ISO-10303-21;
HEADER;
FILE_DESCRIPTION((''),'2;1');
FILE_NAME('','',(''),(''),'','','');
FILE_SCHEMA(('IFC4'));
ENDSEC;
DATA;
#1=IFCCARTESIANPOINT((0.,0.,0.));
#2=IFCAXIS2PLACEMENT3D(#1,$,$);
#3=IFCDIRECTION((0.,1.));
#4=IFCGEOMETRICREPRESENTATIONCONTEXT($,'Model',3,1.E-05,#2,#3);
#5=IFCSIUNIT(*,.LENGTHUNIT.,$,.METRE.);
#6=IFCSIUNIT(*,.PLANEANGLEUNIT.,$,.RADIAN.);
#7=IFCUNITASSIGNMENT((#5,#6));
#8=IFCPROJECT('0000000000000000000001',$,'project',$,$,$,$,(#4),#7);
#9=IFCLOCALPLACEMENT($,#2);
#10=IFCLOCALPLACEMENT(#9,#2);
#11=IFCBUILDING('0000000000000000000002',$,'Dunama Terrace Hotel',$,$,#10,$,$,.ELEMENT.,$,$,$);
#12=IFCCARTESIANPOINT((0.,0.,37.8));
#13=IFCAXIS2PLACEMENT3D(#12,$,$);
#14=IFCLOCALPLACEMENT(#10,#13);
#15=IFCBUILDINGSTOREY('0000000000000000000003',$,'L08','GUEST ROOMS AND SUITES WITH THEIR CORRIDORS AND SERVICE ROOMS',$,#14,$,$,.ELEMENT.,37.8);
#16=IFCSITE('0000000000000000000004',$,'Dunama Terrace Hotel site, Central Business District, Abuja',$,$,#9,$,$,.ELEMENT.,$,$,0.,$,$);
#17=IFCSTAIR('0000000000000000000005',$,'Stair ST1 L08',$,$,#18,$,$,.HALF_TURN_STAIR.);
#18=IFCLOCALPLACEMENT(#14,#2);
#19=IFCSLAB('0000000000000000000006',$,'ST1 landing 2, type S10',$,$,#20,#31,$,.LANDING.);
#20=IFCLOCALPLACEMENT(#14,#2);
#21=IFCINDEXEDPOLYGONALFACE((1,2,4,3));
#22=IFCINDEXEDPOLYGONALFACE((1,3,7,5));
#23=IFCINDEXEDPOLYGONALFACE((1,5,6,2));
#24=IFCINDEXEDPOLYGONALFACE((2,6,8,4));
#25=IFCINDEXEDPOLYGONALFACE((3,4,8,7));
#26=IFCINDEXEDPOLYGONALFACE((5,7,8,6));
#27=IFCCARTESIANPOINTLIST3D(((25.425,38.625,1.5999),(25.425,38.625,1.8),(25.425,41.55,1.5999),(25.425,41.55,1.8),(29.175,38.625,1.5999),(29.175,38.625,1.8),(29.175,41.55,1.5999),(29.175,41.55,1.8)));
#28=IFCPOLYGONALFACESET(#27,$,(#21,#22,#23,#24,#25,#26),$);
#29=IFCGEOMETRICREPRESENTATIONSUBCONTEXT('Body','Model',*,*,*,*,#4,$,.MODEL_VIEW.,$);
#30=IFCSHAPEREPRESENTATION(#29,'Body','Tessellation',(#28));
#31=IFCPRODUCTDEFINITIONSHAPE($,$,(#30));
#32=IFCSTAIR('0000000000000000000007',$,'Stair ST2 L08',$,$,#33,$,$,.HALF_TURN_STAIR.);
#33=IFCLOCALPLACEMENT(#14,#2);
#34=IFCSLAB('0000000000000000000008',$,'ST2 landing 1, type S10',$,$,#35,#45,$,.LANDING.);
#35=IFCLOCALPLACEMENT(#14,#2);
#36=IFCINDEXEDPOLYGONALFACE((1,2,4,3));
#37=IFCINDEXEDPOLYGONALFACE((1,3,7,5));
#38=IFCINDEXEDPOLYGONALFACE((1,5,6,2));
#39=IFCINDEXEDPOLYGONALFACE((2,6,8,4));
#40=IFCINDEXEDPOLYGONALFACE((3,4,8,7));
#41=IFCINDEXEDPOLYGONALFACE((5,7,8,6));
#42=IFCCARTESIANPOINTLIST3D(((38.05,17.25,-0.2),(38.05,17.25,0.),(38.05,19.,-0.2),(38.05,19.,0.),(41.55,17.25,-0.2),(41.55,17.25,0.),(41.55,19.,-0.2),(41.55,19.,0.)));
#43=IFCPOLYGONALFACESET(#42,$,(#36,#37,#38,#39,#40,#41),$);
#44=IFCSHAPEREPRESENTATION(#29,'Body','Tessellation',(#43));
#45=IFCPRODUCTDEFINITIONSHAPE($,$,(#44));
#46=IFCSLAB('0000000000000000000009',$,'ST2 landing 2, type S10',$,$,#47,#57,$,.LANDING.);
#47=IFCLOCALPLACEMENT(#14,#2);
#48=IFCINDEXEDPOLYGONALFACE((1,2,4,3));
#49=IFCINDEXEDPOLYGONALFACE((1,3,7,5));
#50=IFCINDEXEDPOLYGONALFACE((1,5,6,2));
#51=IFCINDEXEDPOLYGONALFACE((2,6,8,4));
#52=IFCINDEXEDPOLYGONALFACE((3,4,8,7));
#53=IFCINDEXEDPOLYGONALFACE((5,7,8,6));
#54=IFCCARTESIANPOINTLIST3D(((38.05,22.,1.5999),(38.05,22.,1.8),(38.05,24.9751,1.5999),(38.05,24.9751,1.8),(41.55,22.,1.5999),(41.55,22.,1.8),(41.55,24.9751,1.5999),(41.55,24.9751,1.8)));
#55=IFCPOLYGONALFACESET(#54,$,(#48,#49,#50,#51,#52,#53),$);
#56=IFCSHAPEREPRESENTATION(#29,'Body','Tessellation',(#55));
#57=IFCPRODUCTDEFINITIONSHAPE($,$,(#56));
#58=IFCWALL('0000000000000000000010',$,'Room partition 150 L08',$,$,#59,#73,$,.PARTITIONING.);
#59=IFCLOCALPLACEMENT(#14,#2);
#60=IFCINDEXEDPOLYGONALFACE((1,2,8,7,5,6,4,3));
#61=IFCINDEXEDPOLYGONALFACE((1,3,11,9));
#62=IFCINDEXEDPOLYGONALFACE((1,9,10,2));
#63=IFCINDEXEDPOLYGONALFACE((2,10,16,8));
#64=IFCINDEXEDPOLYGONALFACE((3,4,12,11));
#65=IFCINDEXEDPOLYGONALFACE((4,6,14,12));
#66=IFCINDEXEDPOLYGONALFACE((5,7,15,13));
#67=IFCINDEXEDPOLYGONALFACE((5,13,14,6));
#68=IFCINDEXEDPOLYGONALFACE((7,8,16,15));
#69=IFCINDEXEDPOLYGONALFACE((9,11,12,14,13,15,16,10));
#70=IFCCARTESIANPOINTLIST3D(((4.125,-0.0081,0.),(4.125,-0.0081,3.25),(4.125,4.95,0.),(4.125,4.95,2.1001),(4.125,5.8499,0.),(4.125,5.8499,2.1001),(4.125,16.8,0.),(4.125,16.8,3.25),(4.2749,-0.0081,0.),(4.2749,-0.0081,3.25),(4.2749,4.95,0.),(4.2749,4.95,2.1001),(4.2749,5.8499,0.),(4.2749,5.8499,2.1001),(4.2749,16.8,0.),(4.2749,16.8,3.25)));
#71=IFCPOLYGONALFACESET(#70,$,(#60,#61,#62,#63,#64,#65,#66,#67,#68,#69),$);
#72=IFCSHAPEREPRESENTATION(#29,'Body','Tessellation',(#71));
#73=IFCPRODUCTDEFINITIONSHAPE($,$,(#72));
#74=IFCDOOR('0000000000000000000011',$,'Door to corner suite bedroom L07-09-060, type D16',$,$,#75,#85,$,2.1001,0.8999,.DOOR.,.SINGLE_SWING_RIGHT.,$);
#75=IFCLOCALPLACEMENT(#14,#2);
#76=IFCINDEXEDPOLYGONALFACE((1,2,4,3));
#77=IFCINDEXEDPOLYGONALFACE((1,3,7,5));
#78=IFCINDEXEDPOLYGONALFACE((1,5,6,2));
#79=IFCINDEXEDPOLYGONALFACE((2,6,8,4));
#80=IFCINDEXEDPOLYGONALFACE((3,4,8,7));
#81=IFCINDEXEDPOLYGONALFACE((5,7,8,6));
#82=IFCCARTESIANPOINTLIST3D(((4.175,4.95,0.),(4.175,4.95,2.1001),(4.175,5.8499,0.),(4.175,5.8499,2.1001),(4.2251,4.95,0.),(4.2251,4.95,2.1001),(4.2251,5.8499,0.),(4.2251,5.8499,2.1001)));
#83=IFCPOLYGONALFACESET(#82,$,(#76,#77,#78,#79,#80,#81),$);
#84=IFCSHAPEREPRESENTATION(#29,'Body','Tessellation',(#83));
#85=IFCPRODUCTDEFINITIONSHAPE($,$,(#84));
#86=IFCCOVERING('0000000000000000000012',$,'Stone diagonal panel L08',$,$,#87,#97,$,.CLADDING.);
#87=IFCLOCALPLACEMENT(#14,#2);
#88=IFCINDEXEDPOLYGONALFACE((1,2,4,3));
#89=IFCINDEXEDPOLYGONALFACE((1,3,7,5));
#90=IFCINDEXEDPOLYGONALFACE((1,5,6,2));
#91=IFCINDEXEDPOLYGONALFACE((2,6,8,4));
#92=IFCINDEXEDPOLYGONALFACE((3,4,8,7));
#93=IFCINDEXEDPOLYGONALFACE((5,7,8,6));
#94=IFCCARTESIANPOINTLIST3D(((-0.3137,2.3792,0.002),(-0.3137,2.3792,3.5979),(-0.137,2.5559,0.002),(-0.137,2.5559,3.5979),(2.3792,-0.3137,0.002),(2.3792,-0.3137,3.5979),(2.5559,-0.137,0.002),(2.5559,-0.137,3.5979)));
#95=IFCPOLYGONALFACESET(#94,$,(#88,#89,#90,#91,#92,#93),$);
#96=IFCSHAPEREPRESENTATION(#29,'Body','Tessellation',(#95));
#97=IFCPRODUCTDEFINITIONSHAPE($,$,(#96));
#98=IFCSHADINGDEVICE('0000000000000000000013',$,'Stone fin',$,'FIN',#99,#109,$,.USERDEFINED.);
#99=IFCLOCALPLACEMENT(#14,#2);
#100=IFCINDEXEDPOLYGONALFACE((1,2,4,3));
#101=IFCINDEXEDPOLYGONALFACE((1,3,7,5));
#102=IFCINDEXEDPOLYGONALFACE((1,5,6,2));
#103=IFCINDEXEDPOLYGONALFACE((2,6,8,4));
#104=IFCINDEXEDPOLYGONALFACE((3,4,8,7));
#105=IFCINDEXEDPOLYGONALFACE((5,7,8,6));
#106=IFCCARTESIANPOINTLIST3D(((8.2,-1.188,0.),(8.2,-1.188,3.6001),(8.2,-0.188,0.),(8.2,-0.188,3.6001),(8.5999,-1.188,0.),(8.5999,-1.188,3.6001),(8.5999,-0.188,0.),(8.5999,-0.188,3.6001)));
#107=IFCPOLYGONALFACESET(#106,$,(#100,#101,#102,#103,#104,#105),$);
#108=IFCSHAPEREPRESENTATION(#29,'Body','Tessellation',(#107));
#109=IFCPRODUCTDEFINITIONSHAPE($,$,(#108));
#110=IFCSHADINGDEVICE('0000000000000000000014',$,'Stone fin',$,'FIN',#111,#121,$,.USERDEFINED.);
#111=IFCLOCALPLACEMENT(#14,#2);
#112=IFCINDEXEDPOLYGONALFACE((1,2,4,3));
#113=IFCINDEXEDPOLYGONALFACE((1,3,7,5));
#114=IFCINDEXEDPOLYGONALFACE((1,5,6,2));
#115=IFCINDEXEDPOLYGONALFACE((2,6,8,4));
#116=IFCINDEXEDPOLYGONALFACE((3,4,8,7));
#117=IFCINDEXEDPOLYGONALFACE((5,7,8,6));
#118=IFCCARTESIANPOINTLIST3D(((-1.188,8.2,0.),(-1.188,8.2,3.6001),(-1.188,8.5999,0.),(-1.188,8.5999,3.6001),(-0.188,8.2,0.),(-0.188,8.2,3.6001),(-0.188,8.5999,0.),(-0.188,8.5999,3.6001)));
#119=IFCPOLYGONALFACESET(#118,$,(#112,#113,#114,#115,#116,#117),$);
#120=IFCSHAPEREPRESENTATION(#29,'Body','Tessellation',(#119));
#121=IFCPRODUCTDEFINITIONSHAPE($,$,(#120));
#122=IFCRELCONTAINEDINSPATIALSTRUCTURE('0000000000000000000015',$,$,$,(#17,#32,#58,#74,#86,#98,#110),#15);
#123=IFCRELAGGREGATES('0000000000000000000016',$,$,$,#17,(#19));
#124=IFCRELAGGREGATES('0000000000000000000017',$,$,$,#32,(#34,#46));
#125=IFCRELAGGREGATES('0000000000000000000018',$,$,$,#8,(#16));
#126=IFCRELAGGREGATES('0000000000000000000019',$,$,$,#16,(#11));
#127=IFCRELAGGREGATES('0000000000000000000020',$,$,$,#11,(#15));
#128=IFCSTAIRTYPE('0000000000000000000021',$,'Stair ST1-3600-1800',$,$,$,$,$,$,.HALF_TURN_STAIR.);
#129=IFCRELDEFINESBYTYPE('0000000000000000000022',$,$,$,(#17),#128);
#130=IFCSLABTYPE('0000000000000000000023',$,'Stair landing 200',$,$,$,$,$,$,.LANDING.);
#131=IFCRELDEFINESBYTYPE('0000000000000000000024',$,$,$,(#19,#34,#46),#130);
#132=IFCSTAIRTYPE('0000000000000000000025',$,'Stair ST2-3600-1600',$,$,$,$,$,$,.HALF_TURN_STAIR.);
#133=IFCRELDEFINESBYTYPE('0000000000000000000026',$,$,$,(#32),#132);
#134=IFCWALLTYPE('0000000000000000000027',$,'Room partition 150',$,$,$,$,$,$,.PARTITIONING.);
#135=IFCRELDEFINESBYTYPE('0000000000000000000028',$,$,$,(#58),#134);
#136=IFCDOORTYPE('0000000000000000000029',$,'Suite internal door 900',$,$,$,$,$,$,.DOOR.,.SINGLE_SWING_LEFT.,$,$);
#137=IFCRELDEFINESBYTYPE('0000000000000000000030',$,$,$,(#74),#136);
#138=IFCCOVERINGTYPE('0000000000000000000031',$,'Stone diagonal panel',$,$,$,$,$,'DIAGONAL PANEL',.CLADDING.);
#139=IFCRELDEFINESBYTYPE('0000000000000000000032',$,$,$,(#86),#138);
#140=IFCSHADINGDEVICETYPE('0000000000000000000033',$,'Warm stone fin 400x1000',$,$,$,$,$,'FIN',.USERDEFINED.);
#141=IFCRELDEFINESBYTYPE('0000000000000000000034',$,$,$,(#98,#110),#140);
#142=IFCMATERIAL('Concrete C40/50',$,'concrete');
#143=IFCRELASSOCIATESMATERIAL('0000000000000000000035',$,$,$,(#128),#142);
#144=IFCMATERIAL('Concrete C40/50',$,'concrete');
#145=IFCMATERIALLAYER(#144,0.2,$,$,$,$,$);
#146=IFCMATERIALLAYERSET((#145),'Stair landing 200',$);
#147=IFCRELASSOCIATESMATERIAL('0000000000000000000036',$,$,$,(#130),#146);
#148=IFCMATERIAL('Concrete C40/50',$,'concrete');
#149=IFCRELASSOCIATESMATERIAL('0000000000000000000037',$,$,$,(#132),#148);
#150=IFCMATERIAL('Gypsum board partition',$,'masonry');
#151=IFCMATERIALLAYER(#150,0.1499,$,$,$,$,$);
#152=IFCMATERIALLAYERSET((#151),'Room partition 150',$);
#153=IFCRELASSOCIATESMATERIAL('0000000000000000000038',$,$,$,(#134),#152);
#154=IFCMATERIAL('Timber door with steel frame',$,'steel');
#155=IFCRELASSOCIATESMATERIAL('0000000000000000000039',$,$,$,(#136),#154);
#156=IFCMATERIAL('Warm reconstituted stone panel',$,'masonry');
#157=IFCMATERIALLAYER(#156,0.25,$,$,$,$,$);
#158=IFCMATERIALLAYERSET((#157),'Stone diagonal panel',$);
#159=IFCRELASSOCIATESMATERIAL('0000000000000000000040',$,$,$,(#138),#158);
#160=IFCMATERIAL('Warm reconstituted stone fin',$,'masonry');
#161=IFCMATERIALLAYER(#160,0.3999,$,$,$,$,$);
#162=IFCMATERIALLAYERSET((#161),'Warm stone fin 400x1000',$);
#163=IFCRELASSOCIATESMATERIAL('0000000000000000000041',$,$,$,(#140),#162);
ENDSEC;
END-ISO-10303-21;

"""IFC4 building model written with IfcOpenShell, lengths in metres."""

from ifc_helpers import new_model, si_unit, direction, frame, frame_2d, origin, origin_2d, place, context, subcontext, project, spatial, polyline, rectangle, outline, extrude, material, layer, layer_set, type_object, element, fill, aggregate, save


model = new_model("IFC4")

# Units and contexts
model_context = context("Model", 3, precision=1e-05, world=origin(), true_north=direction((0.0, 1.0)))
body_context = subcontext(model_context, "Body", "Model", "MODEL_VIEW")
ifc_project = project(units=[si_unit("LENGTHUNIT", "METRE"), si_unit("PLANEANGLEUNIT", "RADIAN")], contexts=[model_context])

# Site, building, storey
site_placement = place(None, origin())
site = spatial("IfcSite", under=ifc_project, at=site_placement, Name="Dunama Terrace Hotel site, Central Business District, Abuja", CompositionType="ELEMENT", RefElevation=0.0)
building_placement = place(site_placement, origin())
building = spatial("IfcBuilding", under=site, at=building_placement, Name="Dunama Terrace Hotel", CompositionType="ELEMENT")
storey_placement = place(building_placement, frame((0.0, 0.0, 37.8)))
storey = spatial("IfcBuildingStorey", under=building, at=storey_placement, Name="L08", Description="GUEST ROOMS AND SUITES WITH THEIR CORRIDORS AND SERVICE ROOMS", CompositionType="ELEMENT", Elevation=37.8)

# Stairs, slabs
ifc_material_1 = material(Name="Concrete C40/50", Category="concrete")
stair_type_1 = type_object("IfcStairType", Name="Stair ST1-3600-1800", PredefinedType="HALF_TURN_STAIR", material=ifc_material_1)
stair_1_placement = place(storey_placement, origin())
stair_1 = element("IfcStair", 1, at=stair_1_placement, inside=storey, type_object=stair_type_1, Name="Stair ST1 L08", PredefinedType="HALF_TURN_STAIR")
ifc_material_2 = material(Name="Concrete C40/50", Category="concrete")
ifc_layer_1 = layer(ifc_material_2, 0.2)
ifc_layer_set_1 = layer_set([ifc_layer_1], Name="Stair landing 200")
slab_type_1 = type_object("IfcSlabType", Name="Stair landing 200", PredefinedType="LANDING", material=ifc_layer_set_1)
slab_1_placement = place(storey_placement, frame((0.0, 0.0, 1.5999)))
slab_1 = element("IfcSlab", 2, at=slab_1_placement, type_object=slab_type_1, Name="ST1 landing 2, type S10", PredefinedType="LANDING", context=body_context, shape_type="SweptSolid", body=[
    extrude(outline(polyline([(25.425, 38.625), (29.175, 38.625), (29.175, 41.55), (25.425, 41.55), (25.425, 38.625)])), origin(), (0.0, 0.0, 1.0), 0.2002),
])
aggregate(stair_1, [slab_1])
ifc_material_3 = material(Name="Concrete C40/50", Category="concrete")
stair_type_2 = type_object("IfcStairType", Name="Stair ST2-3600-1600", PredefinedType="HALF_TURN_STAIR", material=ifc_material_3)
stair_2_placement = place(storey_placement, origin())
stair_2 = element("IfcStair", 3, at=stair_2_placement, inside=storey, type_object=stair_type_2, Name="Stair ST2 L08", PredefinedType="HALF_TURN_STAIR")
slab_2_placement = place(storey_placement, frame((0.0, 0.0, -0.2)))
slab_2 = element("IfcSlab", 4, at=slab_2_placement, type_object=slab_type_1, Name="ST2 landing 1, type S10", PredefinedType="LANDING", context=body_context, shape_type="SweptSolid", body=[
    extrude(outline(polyline([(38.05, 17.25), (41.55, 17.25), (41.55, 19.0), (38.05, 19.0), (38.05, 17.25)])), origin(), (0.0, 0.0, 1.0), 0.2),
])
slab_3_placement = place(storey_placement, frame((0.0, 0.0, 1.5999)))
slab_3 = element("IfcSlab", 5, at=slab_3_placement, type_object=slab_type_1, Name="ST2 landing 2, type S10", PredefinedType="LANDING", context=body_context, shape_type="SweptSolid", body=[
    extrude(outline(polyline([(38.05, 22.0), (41.55, 22.0), (41.55, 24.9751), (38.05, 24.9751), (38.05, 22.0)])), origin(), (0.0, 0.0, 1.0), 0.2002),
])
aggregate(stair_2, [slab_2, slab_3])

# Wall, opening, door
ifc_material_4 = material(Name="Gypsum board partition", Category="masonry")
ifc_layer_2 = layer(ifc_material_4, 0.1499)
ifc_layer_set_2 = layer_set([ifc_layer_2], Name="Room partition 150")
wall_type = type_object("IfcWallType", Name="Room partition 150", PredefinedType="PARTITIONING", material=ifc_layer_set_2)
wall_placement = place(storey_placement, frame((4.2, -0.0081, 0.0), z_axis=(0.0, 0.0, 1.0), x_axis=(0.0, 1.0, 0.0)))
wall = element("IfcWall", 6, at=wall_placement, inside=storey, type_object=wall_type, Name="Room partition 150 L08", PredefinedType="PARTITIONING", context=body_context, shape_type="SweptSolid", body=[
    extrude(rectangle(XDim=16.8081, YDim=0.1499, at=frame_2d((8.4041, 0.0))), origin(), (0.0, 0.0, 1.0), 3.25),
])
opening_placement = place(wall_placement, frame((4.958, 0.0, 0.0)))
opening = element("IfcOpeningElement", 7, at=opening_placement, cuts=wall, PredefinedType="OPENING", context=body_context, shape_type="SweptSolid", body=[
    extrude(rectangle(XDim=0.8999, YDim=2.1001, at=frame_2d((0.45, 1.05))), frame((0.0, 0.085, 0.0), z_axis=(0.0, -1.0, 0.0), x_axis=(1.0, 0.0, 0.0)), (0.0, 0.0, 1.0), 0.1699),
])
ifc_material_5 = material(Name="Timber door with steel frame", Category="steel")
door_type = type_object("IfcDoorType", Name="Suite internal door 900", OperationType="SINGLE_SWING_LEFT", PredefinedType="DOOR", material=ifc_material_5)
door_placement = place(opening_placement, origin())
door = element("IfcDoor", 8, at=door_placement, inside=storey, type_object=door_type, Name="Door to corner suite bedroom L07-09-060, type D16", OperationType="SINGLE_SWING_RIGHT", OverallHeight=2.1001, OverallWidth=0.8999, PredefinedType="DOOR", context=body_context, shape_type="SweptSolid", body=[
    extrude(rectangle(XDim=0.8999, YDim=2.1001, at=frame_2d((0.45, 1.05))), frame((0.0, 0.0249, 0.0), z_axis=(0.0, -1.0, 0.0), x_axis=(1.0, 0.0, 0.0)), (0.0, 0.0, 1.0), 0.05),
])
fill(opening, door)

# Covering
ifc_material_6 = material(Name="Warm reconstituted stone panel", Category="masonry")
ifc_layer_3 = layer(ifc_material_6, 0.25)
ifc_layer_set_3 = layer_set([ifc_layer_3], Name="Stone diagonal panel")
covering_type = type_object("IfcCoveringType", Name="Stone diagonal panel", ElementType="DIAGONAL PANEL", PredefinedType="CLADDING", material=ifc_layer_set_3)
covering_placement = place(storey_placement, frame((1.1211, 1.1211, 0.002), z_axis=(0.0, 0.0, 1.0), x_axis=(0.707107, -0.707107, 0.0)))
element("IfcCovering", 9, at=covering_placement, inside=storey, type_object=covering_type, Name="Stone diagonal panel L08", PredefinedType="CLADDING", context=body_context, shape_type="SweptSolid", body=[
    extrude(rectangle(XDim=3.8083, YDim=0.25, at=origin_2d()), origin(), (0.0, 0.0, 1.0), 3.5959),
])

# Shading devices
ifc_material_7 = material(Name="Warm reconstituted stone fin", Category="masonry")
ifc_layer_4 = layer(ifc_material_7, 0.3999)
ifc_layer_set_4 = layer_set([ifc_layer_4], Name="Warm stone fin 400x1000")
shading_device_type = type_object("IfcShadingDeviceType", Name="Warm stone fin 400x1000", ElementType="FIN", PredefinedType="USERDEFINED", material=ifc_layer_set_4)
for number, where, z_axis, x_axis, name in (
    (10, (8.3999, -0.688, 0.0), (0.0, 0.0, 1.0), (1.0, 0.0, 0.0), "Stone fin"),
    (11, (-0.688, 8.3999, 0.0), (0.0, 0.0, 1.0), (0.0, -1.0, 0.0), "Stone fin"),
):
    element("IfcShadingDevice", number, at=place(storey_placement, frame(where, z_axis=z_axis, x_axis=x_axis)), inside=storey, type_object=shading_device_type, Name=name, ObjectType="FIN", PredefinedType="USERDEFINED", context=body_context, shape_type="SweptSolid", body=[
        extrude(rectangle(XDim=0.3999, YDim=1.0, at=origin_2d()), origin(), (0.0, 0.0, 1.0), 3.6001),
    ])

save(model, "model.ifc")
